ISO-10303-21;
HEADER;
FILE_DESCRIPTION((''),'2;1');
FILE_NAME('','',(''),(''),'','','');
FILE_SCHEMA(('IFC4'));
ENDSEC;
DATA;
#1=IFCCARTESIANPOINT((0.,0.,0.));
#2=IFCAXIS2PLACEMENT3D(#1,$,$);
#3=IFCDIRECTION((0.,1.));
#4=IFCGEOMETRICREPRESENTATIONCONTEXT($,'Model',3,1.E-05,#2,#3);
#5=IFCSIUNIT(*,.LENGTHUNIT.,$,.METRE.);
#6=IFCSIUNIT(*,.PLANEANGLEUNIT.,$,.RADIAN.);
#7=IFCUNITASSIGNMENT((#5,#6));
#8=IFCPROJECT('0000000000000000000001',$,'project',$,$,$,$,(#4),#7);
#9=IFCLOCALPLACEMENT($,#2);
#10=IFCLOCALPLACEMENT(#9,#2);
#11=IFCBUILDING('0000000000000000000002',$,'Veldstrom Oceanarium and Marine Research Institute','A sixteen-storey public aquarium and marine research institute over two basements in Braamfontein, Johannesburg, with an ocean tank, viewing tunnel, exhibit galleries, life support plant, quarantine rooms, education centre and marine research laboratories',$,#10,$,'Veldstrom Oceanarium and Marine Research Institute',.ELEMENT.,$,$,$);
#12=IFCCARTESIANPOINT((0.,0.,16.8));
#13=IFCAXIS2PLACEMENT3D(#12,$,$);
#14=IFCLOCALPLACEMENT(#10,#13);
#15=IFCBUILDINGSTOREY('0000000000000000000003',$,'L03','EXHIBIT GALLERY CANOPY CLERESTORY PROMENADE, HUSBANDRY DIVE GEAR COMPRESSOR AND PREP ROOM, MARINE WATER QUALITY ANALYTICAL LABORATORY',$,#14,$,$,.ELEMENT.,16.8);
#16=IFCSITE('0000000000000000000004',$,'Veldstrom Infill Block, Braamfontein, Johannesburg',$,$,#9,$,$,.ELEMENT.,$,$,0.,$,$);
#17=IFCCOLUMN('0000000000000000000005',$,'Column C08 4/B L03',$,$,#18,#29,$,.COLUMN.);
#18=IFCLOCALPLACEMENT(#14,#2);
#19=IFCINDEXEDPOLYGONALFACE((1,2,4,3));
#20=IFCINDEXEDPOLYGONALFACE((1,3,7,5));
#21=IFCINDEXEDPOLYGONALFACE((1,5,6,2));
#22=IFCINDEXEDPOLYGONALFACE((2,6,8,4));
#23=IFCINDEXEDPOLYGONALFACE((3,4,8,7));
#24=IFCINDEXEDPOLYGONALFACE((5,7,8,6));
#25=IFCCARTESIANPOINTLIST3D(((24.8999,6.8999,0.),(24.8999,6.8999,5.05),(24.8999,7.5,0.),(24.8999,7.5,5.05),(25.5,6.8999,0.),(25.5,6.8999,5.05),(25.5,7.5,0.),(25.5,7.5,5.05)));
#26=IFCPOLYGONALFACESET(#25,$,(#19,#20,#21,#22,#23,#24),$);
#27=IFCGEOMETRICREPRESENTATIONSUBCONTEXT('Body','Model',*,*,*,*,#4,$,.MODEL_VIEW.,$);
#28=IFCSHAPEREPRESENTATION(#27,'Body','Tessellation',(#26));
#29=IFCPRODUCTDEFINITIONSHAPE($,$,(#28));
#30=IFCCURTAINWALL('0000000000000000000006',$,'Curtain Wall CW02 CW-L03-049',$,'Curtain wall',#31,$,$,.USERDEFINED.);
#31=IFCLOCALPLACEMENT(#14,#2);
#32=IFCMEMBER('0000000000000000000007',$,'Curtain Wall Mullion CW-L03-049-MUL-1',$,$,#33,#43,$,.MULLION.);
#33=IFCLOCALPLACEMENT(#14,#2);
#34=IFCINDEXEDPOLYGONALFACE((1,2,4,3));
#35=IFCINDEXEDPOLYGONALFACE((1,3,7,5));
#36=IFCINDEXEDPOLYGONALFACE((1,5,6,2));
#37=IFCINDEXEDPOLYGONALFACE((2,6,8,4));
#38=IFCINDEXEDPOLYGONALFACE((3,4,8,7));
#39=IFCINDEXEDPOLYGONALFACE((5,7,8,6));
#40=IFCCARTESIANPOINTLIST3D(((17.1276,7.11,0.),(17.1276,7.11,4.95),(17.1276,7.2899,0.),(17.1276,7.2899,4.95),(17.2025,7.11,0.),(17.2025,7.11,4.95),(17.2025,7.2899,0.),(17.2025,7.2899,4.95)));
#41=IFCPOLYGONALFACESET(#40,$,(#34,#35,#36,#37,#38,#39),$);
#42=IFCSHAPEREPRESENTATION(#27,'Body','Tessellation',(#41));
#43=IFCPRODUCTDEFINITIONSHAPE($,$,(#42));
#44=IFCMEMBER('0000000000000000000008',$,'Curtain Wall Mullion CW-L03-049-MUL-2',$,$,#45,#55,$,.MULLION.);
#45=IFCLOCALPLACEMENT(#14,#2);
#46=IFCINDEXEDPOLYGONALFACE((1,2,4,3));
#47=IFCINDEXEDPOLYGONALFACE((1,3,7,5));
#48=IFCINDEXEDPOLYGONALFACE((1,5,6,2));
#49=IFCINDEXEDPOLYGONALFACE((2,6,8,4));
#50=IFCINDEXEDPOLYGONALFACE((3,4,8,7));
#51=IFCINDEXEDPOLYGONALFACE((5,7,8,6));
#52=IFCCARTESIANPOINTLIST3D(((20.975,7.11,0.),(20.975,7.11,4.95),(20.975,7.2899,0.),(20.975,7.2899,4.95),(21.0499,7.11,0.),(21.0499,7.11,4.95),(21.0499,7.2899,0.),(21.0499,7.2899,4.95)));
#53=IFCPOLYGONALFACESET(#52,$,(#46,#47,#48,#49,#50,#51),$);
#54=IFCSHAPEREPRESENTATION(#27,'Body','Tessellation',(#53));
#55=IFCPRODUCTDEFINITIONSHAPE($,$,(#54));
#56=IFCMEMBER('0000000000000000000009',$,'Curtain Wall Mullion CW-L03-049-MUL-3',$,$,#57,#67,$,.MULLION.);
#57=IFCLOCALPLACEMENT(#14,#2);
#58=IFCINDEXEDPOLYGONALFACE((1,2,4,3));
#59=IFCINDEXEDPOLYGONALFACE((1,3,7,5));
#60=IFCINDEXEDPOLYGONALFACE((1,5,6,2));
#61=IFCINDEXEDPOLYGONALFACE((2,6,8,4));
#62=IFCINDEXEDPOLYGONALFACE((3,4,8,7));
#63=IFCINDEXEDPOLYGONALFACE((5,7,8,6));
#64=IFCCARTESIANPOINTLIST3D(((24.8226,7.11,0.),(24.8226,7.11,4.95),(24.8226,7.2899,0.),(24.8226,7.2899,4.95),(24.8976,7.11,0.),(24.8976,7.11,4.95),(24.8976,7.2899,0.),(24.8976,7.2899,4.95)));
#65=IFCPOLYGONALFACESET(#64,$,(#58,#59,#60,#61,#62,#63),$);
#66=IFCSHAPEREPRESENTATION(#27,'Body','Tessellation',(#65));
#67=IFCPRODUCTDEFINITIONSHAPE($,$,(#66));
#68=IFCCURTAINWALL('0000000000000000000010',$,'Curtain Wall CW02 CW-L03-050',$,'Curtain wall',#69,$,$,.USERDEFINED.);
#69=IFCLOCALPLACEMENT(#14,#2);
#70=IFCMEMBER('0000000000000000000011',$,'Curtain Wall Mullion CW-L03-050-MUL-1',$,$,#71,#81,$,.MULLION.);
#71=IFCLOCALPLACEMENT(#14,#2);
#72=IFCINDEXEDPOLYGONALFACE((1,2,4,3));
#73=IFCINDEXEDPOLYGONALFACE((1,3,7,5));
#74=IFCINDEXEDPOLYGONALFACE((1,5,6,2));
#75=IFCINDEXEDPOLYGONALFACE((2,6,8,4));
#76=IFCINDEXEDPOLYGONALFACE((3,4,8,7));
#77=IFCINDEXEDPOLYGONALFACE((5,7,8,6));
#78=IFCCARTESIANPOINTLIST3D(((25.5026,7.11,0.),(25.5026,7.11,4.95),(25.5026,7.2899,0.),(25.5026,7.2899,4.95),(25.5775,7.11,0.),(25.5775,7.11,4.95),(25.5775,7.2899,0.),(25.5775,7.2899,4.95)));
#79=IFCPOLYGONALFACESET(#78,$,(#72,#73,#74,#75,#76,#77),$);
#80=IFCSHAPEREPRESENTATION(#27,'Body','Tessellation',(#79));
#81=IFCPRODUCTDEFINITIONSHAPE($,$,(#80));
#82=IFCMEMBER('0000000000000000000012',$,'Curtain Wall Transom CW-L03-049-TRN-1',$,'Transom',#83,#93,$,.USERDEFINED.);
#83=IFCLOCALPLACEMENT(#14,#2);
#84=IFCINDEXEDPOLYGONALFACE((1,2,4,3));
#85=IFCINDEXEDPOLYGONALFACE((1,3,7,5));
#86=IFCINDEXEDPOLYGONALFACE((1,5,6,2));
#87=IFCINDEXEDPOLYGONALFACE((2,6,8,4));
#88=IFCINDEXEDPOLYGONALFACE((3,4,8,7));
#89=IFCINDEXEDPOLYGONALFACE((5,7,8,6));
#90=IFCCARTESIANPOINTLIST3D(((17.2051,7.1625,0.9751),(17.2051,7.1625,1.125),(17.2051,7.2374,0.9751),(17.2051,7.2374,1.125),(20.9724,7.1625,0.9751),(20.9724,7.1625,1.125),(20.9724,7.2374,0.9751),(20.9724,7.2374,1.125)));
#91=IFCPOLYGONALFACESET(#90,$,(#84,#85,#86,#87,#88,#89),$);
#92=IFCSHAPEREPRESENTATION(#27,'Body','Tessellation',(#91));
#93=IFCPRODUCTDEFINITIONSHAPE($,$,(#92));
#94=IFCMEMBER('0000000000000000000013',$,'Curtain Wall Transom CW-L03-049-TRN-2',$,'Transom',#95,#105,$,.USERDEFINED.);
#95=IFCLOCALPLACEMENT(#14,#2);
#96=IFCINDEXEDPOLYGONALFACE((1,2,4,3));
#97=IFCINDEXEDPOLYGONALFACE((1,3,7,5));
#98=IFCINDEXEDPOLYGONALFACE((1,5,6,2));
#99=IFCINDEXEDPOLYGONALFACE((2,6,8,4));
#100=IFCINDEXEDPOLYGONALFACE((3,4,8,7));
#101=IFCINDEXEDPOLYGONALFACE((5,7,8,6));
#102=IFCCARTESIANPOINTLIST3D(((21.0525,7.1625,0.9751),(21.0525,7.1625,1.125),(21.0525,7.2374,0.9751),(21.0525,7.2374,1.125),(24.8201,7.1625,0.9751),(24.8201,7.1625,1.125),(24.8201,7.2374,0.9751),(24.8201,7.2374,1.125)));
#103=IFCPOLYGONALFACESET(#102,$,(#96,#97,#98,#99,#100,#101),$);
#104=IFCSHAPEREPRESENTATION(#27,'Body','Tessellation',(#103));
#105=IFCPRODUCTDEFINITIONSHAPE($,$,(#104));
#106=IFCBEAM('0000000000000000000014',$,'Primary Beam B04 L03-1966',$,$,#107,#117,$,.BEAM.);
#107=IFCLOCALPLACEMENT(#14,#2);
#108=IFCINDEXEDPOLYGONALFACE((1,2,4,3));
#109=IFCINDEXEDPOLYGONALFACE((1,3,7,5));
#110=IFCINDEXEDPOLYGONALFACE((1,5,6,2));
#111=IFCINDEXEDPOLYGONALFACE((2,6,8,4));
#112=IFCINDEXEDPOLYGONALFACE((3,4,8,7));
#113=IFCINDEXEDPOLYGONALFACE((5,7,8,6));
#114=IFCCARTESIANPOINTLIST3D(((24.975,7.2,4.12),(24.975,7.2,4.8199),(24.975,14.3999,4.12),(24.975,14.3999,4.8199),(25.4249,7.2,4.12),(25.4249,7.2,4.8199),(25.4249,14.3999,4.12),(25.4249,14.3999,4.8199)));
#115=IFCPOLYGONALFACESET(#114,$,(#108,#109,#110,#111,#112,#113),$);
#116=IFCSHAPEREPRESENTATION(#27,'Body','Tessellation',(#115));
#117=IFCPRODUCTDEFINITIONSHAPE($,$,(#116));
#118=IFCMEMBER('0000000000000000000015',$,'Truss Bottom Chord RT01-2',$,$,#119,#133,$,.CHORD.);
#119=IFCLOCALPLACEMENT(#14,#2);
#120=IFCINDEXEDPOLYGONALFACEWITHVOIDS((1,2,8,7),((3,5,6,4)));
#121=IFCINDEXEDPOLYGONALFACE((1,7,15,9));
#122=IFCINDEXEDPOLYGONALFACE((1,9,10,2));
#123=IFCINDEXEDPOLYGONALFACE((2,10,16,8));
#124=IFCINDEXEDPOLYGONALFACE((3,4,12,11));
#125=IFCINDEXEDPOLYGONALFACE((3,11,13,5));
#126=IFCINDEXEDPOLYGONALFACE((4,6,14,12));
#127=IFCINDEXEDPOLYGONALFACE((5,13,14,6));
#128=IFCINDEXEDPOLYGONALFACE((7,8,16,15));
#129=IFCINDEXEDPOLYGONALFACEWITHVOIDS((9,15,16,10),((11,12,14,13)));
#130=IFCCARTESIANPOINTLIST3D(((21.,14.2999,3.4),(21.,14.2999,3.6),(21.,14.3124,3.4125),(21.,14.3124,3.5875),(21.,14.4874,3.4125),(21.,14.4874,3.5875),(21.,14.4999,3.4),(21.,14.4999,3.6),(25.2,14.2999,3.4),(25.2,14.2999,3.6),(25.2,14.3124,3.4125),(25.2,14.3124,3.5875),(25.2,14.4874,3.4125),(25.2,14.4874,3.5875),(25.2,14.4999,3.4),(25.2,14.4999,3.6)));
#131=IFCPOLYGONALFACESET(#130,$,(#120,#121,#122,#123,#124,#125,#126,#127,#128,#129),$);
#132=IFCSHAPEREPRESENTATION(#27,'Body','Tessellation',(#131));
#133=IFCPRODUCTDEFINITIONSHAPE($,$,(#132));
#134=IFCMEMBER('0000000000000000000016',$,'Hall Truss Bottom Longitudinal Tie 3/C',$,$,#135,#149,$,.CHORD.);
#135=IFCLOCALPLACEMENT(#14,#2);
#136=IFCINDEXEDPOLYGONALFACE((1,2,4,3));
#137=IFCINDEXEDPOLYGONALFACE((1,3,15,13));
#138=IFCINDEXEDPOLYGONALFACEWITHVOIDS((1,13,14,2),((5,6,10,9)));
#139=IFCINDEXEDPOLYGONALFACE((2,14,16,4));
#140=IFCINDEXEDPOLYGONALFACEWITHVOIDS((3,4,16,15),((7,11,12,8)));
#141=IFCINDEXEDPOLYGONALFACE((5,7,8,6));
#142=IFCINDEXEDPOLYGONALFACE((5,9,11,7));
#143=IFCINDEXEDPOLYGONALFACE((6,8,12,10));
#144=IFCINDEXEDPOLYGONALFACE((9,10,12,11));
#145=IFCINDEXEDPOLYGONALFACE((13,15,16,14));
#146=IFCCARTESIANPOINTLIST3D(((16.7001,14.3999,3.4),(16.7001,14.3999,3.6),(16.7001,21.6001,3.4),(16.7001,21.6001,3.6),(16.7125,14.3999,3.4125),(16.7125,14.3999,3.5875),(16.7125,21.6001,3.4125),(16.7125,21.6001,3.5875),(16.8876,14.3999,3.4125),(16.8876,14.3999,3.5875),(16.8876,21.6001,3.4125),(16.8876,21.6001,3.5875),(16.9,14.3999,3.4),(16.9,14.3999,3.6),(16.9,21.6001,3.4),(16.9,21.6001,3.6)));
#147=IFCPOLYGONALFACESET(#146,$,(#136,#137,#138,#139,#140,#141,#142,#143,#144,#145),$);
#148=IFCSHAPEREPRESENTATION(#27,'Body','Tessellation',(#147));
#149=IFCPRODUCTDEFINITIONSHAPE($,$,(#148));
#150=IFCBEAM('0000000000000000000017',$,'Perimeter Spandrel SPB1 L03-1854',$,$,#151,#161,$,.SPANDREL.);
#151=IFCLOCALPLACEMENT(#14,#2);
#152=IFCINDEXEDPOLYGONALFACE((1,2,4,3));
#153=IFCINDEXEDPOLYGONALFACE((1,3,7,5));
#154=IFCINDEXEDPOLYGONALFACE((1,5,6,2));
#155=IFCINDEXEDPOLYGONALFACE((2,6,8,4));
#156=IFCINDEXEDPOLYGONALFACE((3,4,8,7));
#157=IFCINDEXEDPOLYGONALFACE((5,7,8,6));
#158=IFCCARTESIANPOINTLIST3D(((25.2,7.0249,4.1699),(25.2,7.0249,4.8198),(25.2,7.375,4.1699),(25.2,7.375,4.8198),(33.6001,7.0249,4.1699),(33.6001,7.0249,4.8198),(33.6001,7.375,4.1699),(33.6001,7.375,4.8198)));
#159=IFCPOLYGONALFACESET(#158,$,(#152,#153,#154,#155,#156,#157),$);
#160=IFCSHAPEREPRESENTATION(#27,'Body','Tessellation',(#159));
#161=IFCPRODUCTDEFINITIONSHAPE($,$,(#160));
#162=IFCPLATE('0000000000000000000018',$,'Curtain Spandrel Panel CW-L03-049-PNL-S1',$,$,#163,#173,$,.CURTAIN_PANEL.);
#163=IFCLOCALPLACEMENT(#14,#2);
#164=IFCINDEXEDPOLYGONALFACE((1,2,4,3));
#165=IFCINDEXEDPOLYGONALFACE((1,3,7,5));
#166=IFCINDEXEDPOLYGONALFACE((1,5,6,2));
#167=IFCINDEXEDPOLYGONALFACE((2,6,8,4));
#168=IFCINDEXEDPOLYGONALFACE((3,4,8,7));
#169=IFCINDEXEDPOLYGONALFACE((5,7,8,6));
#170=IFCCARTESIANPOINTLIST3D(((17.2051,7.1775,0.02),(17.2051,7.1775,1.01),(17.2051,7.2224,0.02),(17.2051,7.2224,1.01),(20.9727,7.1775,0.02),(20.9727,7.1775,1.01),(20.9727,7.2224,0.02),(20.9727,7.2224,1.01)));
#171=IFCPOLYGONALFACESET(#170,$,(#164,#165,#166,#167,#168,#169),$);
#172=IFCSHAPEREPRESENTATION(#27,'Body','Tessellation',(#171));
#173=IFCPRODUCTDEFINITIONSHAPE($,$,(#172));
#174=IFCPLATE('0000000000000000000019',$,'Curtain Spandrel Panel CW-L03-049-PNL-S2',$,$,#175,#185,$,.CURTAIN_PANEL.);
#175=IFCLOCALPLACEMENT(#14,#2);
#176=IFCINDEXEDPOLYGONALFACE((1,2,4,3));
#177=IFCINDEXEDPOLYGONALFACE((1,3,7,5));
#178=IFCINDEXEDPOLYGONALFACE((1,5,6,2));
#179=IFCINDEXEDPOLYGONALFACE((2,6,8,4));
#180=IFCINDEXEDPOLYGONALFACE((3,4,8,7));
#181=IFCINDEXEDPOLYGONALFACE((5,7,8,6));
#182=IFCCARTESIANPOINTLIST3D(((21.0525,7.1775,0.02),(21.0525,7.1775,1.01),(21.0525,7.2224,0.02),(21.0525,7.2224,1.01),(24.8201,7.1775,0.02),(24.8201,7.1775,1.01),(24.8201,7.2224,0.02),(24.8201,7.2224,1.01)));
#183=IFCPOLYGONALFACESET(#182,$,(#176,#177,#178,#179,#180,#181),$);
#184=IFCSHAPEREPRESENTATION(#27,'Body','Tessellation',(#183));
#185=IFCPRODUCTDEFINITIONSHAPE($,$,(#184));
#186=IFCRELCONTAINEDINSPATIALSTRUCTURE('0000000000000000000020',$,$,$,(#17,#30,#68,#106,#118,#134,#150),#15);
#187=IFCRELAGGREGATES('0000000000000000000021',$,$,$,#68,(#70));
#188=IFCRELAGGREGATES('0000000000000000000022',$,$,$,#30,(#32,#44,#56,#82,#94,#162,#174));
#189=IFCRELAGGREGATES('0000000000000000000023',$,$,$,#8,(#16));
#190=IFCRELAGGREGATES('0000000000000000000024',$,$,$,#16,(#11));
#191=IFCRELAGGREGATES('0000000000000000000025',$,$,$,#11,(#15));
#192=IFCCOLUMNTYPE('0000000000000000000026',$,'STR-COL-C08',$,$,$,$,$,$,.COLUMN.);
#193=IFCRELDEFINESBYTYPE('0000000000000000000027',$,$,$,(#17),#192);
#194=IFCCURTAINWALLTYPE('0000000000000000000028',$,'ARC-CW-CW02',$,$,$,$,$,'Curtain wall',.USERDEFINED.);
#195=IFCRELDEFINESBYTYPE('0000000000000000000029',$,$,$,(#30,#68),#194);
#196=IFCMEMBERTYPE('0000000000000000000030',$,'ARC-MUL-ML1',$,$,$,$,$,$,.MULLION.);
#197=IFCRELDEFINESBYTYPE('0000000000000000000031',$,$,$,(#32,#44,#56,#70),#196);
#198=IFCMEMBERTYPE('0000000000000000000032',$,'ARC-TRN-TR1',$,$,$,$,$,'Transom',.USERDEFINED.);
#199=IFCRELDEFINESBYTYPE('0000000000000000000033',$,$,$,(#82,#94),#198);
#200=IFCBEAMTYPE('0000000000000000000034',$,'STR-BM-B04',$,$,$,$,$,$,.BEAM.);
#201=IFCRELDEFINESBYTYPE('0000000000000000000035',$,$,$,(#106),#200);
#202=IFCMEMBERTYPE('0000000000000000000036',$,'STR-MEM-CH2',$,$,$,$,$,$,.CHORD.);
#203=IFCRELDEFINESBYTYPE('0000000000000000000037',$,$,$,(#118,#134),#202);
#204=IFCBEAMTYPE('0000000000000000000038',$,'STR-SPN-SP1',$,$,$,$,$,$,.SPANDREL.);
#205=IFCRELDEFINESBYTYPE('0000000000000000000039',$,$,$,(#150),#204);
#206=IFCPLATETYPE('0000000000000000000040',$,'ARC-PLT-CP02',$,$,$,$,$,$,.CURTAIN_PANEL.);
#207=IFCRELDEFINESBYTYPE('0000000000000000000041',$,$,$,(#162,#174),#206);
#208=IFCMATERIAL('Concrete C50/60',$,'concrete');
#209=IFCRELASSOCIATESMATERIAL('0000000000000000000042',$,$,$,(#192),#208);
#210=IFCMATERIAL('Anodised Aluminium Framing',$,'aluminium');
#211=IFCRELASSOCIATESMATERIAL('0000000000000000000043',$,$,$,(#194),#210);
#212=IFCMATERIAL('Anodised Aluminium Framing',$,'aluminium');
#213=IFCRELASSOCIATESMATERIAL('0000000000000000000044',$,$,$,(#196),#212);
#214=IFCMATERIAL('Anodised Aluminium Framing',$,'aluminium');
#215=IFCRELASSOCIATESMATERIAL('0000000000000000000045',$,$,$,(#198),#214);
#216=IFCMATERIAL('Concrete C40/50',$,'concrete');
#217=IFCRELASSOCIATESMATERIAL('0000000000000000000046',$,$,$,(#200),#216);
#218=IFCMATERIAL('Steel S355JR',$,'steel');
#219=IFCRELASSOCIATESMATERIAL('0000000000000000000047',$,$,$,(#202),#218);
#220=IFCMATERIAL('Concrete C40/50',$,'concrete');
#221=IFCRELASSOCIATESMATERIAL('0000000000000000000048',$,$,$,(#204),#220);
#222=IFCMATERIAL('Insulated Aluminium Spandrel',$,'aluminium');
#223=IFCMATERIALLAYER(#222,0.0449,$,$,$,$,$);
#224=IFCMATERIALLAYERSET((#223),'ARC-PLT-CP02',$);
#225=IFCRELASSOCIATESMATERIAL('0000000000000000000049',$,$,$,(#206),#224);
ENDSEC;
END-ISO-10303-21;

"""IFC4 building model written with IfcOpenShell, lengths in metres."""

from ifc_helpers import new_model, si_unit, direction, frame, origin, origin_2d, place, context, subcontext, project, spatial, rectangle, hollow_rectangle, extrude, material, layer, layer_set, material_profile, profile_set, type_object, element, aggregate, save


model = new_model("IFC4")

# Units and contexts
model_context = context("Model", 3, precision=1e-05, world=origin(), true_north=direction((0.0, 1.0)))
body_context = subcontext(model_context, "Body", "Model", "MODEL_VIEW")
ifc_project = project(units=[si_unit("LENGTHUNIT", "METRE"), si_unit("PLANEANGLEUNIT", "RADIAN")], contexts=[model_context])

# Site, building, storey
site_placement = place(None, origin())
site = spatial("IfcSite", under=ifc_project, at=site_placement, Name="Veldstrom Infill Block, Braamfontein, Johannesburg", CompositionType="ELEMENT", RefElevation=0.0)
building_placement = place(site_placement, origin())
building = spatial("IfcBuilding", under=site, at=building_placement, Name="Veldstrom Oceanarium and Marine Research Institute", Description="A sixteen-storey public aquarium and marine research institute over two basements in Braamfontein, Johannesburg, with an ocean tank, viewing tunnel, exhibit galleries, life support plant, quarantine rooms, education centre and marine research laboratories", LongName="Veldstrom Oceanarium and Marine Research Institute", CompositionType="ELEMENT")
storey_placement = place(building_placement, frame((0.0, 0.0, 16.8)))
storey = spatial("IfcBuildingStorey", under=building, at=storey_placement, Name="L03", Description="EXHIBIT GALLERY CANOPY CLERESTORY PROMENADE, HUSBANDRY DIVE GEAR COMPRESSOR AND PREP ROOM, MARINE WATER QUALITY ANALYTICAL LABORATORY", CompositionType="ELEMENT", Elevation=16.8)

# Column
ifc_material_1 = material(Name="Concrete C50/60", Category="concrete")
ifc_material_profile_1 = material_profile(ifc_material_1, rectangle(XDim=0.6001, YDim=0.6001, at=origin_2d()), Name="RC-COL-600x600")
ifc_profile_set_1 = profile_set([ifc_material_profile_1], Name="Concrete C50/60")
column_type = type_object("IfcColumnType", Name="STR-COL-C08", PredefinedType="COLUMN", material=ifc_profile_set_1)
column_placement = place(storey_placement, frame((25.2, 7.2, 0.0), z_axis=(0.0, 0.0, 1.0), x_axis=(1.0, 0.0, 0.0)))
element("IfcColumn", 1, at=column_placement, inside=storey, type_object=column_type, Name="Column C08 4/B L03", PredefinedType="COLUMN", context=body_context, shape_type="SweptSolid", body=[
    extrude(rectangle(XDim=0.6001, YDim=0.6001, at=origin_2d()), origin(), (0.0, 0.0, 1.0), 5.05),
])

# Curtain wall, members
ifc_material_2 = material(Name="Anodised Aluminium Framing", Category="aluminium")
curtain_wall_type = type_object("IfcCurtainWallType", Name="ARC-CW-CW02", ElementType="Curtain wall", PredefinedType="USERDEFINED", material=ifc_material_2)
curtain_wall_1_placement = place(storey_placement, origin())
curtain_wall_1 = element("IfcCurtainWall", 2, at=curtain_wall_1_placement, inside=storey, type_object=curtain_wall_type, Name="Curtain Wall CW02 CW-L03-049", ObjectType="Curtain wall", PredefinedType="USERDEFINED")
ifc_material_3 = material(Name="Anodised Aluminium Framing", Category="aluminium")
ifc_material_profile_2 = material_profile(ifc_material_3, rectangle(XDim=0.075, YDim=0.1799, at=origin_2d()), Name="ALU-MUL-75x180")
ifc_profile_set_2 = profile_set([ifc_material_profile_2], Name="Anodised Aluminium Framing")
member_type_1 = type_object("IfcMemberType", Name="ARC-MUL-ML1", PredefinedType="MULLION", material=ifc_profile_set_2)
member_1_placement = place(storey_placement, frame((17.165, 7.2, 0.0), z_axis=(0.0, 0.0, 1.0), x_axis=(1.0, 0.0, 0.0)))
member_1 = element("IfcMember", 3, at=member_1_placement, type_object=member_type_1, Name="Curtain Wall Mullion CW-L03-049-MUL-1", PredefinedType="MULLION", context=body_context, shape_type="SweptSolid", body=[
    extrude(rectangle(XDim=0.075, YDim=0.1799, at=origin_2d()), origin(), (0.0, 0.0, 1.0), 4.95),
])
member_2_placement = place(storey_placement, frame((21.0125, 7.2, 0.0), z_axis=(0.0, 0.0, 1.0), x_axis=(1.0, 0.0, 0.0)))
member_2 = element("IfcMember", 4, at=member_2_placement, type_object=member_type_1, Name="Curtain Wall Mullion CW-L03-049-MUL-2", PredefinedType="MULLION", context=body_context, shape_type="SweptSolid", body=[
    extrude(rectangle(XDim=0.075, YDim=0.1799, at=origin_2d()), origin(), (0.0, 0.0, 1.0), 4.95),
])
member_3_placement = place(storey_placement, frame((24.8601, 7.2, 0.0), z_axis=(0.0, 0.0, 1.0), x_axis=(1.0, 0.0, 0.0)))
member_3 = element("IfcMember", 5, at=member_3_placement, type_object=member_type_1, Name="Curtain Wall Mullion CW-L03-049-MUL-3", PredefinedType="MULLION", context=body_context, shape_type="SweptSolid", body=[
    extrude(rectangle(XDim=0.075, YDim=0.1799, at=origin_2d()), origin(), (0.0, 0.0, 1.0), 4.95),
])

# Curtain wall, member
curtain_wall_2_placement = place(storey_placement, origin())
curtain_wall_2 = element("IfcCurtainWall", 6, at=curtain_wall_2_placement, inside=storey, type_object=curtain_wall_type, Name="Curtain Wall CW02 CW-L03-050", ObjectType="Curtain wall", PredefinedType="USERDEFINED")
member_4_placement = place(storey_placement, frame((25.54, 7.2, 0.0), z_axis=(0.0, 0.0, 1.0), x_axis=(1.0, 0.0, 0.0)))
member_4 = element("IfcMember", 7, at=member_4_placement, type_object=member_type_1, Name="Curtain Wall Mullion CW-L03-050-MUL-1", PredefinedType="MULLION", context=body_context, shape_type="SweptSolid", body=[
    extrude(rectangle(XDim=0.075, YDim=0.1799, at=origin_2d()), origin(), (0.0, 0.0, 1.0), 4.95),
])
aggregate(curtain_wall_2, [member_4])

# Members
ifc_material_4 = material(Name="Anodised Aluminium Framing", Category="aluminium")
ifc_material_profile_3 = material_profile(ifc_material_4, rectangle(XDim=0.075, YDim=0.1499, at=origin_2d()), Name="ALU-TRN-75x150")
ifc_profile_set_3 = profile_set([ifc_material_profile_3], Name="Anodised Aluminium Framing")
member_type_2 = type_object("IfcMemberType", Name="ARC-TRN-TR1", ElementType="Transom", PredefinedType="USERDEFINED", material=ifc_profile_set_3)
member_5_placement = place(storey_placement, frame((17.2051, 7.2, 1.05), z_axis=(1.0, 0.0, 0.0), x_axis=(0.0, 1.0, 0.0)))
member_5 = element("IfcMember", 8, at=member_5_placement, type_object=member_type_2, Name="Curtain Wall Transom CW-L03-049-TRN-1", ObjectType="Transom", PredefinedType="USERDEFINED", context=body_context, shape_type="SweptSolid", body=[
    extrude(rectangle(XDim=0.075, YDim=0.1499, at=origin_2d()), origin(), (0.0, 0.0, 1.0), 3.7673),
])
member_6_placement = place(storey_placement, frame((21.0525, 7.2, 1.05), z_axis=(1.0, 0.0, 0.0), x_axis=(0.0, 1.0, 0.0)))
member_6 = element("IfcMember", 9, at=member_6_placement, type_object=member_type_2, Name="Curtain Wall Transom CW-L03-049-TRN-2", ObjectType="Transom", PredefinedType="USERDEFINED", context=body_context, shape_type="SweptSolid", body=[
    extrude(rectangle(XDim=0.075, YDim=0.1499, at=origin_2d()), origin(), (0.0, 0.0, 1.0), 3.7676),
])

# Beam
ifc_material_5 = material(Name="Concrete C40/50", Category="concrete")
ifc_material_profile_4 = material_profile(ifc_material_5, rectangle(XDim=0.45, YDim=0.7, at=origin_2d()), Name="RC-BM-450x700")
ifc_profile_set_4 = profile_set([ifc_material_profile_4], Name="Concrete C40/50")
beam_type_1 = type_object("IfcBeamType", Name="STR-BM-B04", PredefinedType="BEAM", material=ifc_profile_set_4)
beam_1_placement = place(storey_placement, frame((25.2, 7.2, 4.47), z_axis=(0.0, 1.0, 0.0), x_axis=(-1.0, 0.0, 0.0)))
element("IfcBeam", 10, at=beam_1_placement, inside=storey, type_object=beam_type_1, Name="Primary Beam B04 L03-1966", PredefinedType="BEAM", context=body_context, shape_type="SweptSolid", body=[
    extrude(rectangle(XDim=0.45, YDim=0.7, at=origin_2d()), origin(), (0.0, 0.0, 1.0), 7.2),
])

# Members
ifc_material_6 = material(Name="Steel S355JR", Category="steel")
ifc_material_profile_5 = material_profile(ifc_material_6, hollow_rectangle(XDim=0.2, YDim=0.2, WallThickness=0.0125, at=origin_2d()), Name="SHS 200x200x12.5")
ifc_profile_set_5 = profile_set([ifc_material_profile_5], Name="Steel S355JR")
member_type_3 = type_object("IfcMemberType", Name="STR-MEM-CH2", PredefinedType="CHORD", material=ifc_profile_set_5)
member_7_placement = place(storey_placement, frame((21.0, 14.3999, 3.5), z_axis=(1.0, 0.0, 0.0), x_axis=(0.0, 1.0, 0.0)))
element("IfcMember", 11, at=member_7_placement, inside=storey, type_object=member_type_3, Name="Truss Bottom Chord RT01-2", PredefinedType="CHORD", context=body_context, shape_type="SweptSolid", body=[
    extrude(hollow_rectangle(XDim=0.2, YDim=0.2, WallThickness=0.0125, at=origin_2d()), origin(), (0.0, 0.0, 1.0), 4.2),
])
member_8_placement = place(storey_placement, frame((16.8, 14.3999, 3.5), z_axis=(0.0, 1.0, 0.0), x_axis=(-1.0, 0.0, 0.0)))
element("IfcMember", 12, at=member_8_placement, inside=storey, type_object=member_type_3, Name="Hall Truss Bottom Longitudinal Tie 3/C", PredefinedType="CHORD", context=body_context, shape_type="SweptSolid", body=[
    extrude(hollow_rectangle(XDim=0.2, YDim=0.2, WallThickness=0.0125, at=origin_2d()), origin(), (0.0, 0.0, 1.0), 7.2002),
])

# Beam
ifc_material_7 = material(Name="Concrete C40/50", Category="concrete")
ifc_material_profile_6 = material_profile(ifc_material_7, rectangle(XDim=0.3501, YDim=0.6499, at=origin_2d()), Name="RC-SPN-350x650")
ifc_profile_set_6 = profile_set([ifc_material_profile_6], Name="Concrete C40/50")
beam_type_2 = type_object("IfcBeamType", Name="STR-SPN-SP1", PredefinedType="SPANDREL", material=ifc_profile_set_6)
beam_2_placement = place(storey_placement, frame((25.2, 7.2, 4.4949), z_axis=(1.0, 0.0, 0.0), x_axis=(0.0, 1.0, 0.0)))
element("IfcBeam", 13, at=beam_2_placement, inside=storey, type_object=beam_type_2, Name="Perimeter Spandrel SPB1 L03-1854", PredefinedType="SPANDREL", context=body_context, shape_type="SweptSolid", body=[
    extrude(rectangle(XDim=0.3501, YDim=0.6499, at=origin_2d()), origin(), (0.0, 0.0, 1.0), 8.4001),
])

# Plates
ifc_material_8 = material(Name="Insulated Aluminium Spandrel", Category="aluminium")
ifc_layer_1 = layer(ifc_material_8, 0.0449)
ifc_layer_set_1 = layer_set([ifc_layer_1], Name="ARC-PLT-CP02")
plate_type_1 = type_object("IfcPlateType", Name="ARC-PLT-CP02", PredefinedType="CURTAIN_PANEL", material=ifc_layer_set_1)
plate_1_placement = place(storey_placement, frame((19.0889, 7.2, 0.02), z_axis=(0.0, 0.0, 1.0), x_axis=(1.0, 0.0, 0.0)))
plate_1 = element("IfcPlate", 14, at=plate_1_placement, type_object=plate_type_1, Name="Curtain Spandrel Panel CW-L03-049-PNL-S1", PredefinedType="CURTAIN_PANEL", context=body_context, shape_type="SweptSolid", body=[
    extrude(rectangle(XDim=3.7676, YDim=0.0449, at=origin_2d()), origin(), (0.0, 0.0, 1.0), 0.99),
])
plate_2_placement = place(storey_placement, frame((22.9363, 7.2, 0.02), z_axis=(0.0, 0.0, 1.0), x_axis=(1.0, 0.0, 0.0)))
plate_2 = element("IfcPlate", 15, at=plate_2_placement, type_object=plate_type_1, Name="Curtain Spandrel Panel CW-L03-049-PNL-S2", PredefinedType="CURTAIN_PANEL", context=body_context, shape_type="SweptSolid", body=[
    extrude(rectangle(XDim=3.7676, YDim=0.0449, at=origin_2d()), origin(), (0.0, 0.0, 1.0), 0.99),
])
aggregate(curtain_wall_1, [member_1, member_2, member_3, member_5, member_6, plate_1, plate_2])

save(model, "model.ifc")
